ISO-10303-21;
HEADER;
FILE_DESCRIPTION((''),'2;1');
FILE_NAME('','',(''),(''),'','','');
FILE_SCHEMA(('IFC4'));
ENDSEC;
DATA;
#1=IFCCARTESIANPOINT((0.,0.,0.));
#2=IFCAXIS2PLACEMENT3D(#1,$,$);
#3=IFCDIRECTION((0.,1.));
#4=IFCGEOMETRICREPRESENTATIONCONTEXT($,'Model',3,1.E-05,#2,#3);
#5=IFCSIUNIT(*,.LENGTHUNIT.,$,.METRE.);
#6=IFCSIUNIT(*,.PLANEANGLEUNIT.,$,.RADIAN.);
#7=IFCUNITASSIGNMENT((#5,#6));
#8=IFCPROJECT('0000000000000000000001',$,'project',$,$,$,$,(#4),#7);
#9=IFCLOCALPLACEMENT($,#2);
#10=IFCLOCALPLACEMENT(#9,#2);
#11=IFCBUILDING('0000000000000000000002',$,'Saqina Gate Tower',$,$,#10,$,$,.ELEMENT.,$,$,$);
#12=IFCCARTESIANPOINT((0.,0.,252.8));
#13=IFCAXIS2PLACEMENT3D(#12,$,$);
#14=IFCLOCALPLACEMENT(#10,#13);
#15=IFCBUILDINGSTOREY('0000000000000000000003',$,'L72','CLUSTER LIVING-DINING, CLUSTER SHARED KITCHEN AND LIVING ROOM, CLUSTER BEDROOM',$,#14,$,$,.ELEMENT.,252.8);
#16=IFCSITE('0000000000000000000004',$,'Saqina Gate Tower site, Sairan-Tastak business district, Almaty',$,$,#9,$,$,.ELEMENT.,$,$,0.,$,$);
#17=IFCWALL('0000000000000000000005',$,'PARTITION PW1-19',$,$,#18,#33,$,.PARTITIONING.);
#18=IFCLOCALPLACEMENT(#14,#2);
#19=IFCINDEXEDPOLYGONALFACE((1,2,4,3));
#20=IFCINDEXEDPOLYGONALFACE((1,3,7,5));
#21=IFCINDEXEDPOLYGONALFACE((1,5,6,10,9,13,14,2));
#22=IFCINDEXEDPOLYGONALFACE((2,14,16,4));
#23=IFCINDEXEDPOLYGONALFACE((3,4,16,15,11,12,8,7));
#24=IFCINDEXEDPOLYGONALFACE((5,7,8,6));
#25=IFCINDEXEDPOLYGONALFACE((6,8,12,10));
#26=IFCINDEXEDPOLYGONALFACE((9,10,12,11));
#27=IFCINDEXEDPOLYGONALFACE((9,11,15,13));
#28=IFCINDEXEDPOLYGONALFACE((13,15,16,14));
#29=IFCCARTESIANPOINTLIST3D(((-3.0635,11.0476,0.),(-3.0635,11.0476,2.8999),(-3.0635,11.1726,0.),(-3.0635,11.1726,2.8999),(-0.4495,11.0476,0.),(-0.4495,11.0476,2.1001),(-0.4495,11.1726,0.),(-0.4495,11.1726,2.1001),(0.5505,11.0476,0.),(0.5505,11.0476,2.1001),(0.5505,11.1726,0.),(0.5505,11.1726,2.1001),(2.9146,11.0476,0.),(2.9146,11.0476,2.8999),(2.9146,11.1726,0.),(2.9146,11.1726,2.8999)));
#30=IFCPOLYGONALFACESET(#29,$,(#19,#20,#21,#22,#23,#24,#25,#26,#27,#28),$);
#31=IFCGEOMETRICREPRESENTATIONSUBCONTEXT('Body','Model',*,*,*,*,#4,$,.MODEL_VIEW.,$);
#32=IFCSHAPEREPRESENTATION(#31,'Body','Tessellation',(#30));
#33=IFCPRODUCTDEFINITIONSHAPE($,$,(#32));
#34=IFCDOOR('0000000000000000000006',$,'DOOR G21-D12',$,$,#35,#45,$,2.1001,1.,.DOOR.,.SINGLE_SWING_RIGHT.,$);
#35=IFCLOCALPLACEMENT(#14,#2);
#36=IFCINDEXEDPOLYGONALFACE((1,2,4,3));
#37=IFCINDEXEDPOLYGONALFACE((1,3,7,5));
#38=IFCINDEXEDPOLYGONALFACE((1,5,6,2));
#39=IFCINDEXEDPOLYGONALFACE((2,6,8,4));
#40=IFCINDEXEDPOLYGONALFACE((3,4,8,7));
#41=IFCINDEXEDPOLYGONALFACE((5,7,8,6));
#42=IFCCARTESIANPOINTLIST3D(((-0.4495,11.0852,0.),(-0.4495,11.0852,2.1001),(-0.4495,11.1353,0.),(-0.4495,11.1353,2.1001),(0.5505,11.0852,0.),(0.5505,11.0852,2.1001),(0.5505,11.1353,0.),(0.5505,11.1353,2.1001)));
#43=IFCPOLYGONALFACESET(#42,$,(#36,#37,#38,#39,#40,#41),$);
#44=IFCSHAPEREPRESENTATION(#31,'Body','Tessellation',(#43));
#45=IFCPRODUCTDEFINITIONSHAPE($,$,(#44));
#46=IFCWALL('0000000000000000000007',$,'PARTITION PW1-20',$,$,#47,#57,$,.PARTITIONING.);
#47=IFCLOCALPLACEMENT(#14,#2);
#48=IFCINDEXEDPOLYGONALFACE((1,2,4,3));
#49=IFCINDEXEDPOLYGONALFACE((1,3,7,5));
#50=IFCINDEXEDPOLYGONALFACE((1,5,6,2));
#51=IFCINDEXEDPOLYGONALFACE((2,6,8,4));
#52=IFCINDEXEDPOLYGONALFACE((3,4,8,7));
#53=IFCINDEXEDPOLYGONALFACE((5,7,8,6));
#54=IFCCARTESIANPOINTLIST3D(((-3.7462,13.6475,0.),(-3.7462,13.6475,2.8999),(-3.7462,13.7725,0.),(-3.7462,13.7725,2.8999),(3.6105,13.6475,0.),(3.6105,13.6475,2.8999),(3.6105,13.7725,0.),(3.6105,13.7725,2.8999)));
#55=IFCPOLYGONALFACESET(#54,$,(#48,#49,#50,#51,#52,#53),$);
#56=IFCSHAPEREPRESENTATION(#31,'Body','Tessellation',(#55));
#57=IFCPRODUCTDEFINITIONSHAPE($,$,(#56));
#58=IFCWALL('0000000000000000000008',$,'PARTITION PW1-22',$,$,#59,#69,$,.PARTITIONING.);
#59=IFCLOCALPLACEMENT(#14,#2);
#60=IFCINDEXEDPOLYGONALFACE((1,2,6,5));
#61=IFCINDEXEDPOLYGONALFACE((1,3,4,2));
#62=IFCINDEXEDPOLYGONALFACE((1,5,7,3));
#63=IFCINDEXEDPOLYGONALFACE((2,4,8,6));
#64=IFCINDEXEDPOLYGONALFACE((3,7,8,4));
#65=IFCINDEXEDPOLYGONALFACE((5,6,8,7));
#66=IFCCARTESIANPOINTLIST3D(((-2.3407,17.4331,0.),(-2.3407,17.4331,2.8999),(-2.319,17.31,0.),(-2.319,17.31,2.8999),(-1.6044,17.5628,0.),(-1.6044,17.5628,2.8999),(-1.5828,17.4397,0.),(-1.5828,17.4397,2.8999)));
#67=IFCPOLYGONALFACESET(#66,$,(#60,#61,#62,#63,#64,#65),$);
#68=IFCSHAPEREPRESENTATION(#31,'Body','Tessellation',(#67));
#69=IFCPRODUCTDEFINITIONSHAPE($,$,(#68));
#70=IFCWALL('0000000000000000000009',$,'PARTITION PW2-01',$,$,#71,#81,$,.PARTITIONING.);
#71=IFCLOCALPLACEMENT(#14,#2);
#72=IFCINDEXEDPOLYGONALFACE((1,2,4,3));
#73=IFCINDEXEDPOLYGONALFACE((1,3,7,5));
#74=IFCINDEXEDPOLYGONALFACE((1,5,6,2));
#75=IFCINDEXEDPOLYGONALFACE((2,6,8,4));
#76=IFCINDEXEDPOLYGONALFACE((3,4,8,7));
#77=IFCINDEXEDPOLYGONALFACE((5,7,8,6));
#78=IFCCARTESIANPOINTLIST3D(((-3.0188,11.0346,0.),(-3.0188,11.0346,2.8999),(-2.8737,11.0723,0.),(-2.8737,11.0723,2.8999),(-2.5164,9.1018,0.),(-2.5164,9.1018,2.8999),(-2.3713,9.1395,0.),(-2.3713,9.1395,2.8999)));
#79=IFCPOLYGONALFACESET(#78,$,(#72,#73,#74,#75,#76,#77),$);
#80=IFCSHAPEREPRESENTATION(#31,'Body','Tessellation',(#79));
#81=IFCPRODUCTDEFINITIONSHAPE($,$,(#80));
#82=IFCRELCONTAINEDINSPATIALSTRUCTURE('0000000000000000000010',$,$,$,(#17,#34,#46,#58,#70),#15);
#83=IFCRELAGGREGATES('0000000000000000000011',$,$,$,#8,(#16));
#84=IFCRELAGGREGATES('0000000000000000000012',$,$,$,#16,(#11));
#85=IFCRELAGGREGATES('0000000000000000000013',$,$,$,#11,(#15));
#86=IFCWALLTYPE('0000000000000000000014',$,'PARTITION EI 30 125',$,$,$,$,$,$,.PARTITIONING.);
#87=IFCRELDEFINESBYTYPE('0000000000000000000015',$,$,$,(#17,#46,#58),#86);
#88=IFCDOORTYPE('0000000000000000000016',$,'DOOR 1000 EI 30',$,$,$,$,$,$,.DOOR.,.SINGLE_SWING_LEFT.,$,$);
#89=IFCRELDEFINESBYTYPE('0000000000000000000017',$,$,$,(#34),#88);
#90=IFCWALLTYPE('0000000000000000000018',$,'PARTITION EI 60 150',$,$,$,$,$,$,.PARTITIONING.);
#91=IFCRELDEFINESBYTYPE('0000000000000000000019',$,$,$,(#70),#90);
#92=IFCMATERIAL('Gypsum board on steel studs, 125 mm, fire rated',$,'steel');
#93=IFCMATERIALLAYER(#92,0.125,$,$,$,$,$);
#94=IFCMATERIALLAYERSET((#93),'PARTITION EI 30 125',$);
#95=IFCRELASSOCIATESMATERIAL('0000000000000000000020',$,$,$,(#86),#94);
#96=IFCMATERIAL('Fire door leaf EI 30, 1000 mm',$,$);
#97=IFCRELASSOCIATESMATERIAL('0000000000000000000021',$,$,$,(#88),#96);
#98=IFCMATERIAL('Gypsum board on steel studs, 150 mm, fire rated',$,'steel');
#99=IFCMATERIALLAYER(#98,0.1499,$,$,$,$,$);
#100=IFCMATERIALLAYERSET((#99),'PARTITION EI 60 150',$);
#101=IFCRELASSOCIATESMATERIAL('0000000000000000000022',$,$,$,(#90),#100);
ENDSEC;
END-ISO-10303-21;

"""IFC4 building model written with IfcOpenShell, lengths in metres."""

from ifc_helpers import new_model, si_unit, direction, frame, frame_2d, origin, place, context, subcontext, project, spatial, rectangle, extrude, material, layer, layer_set, type_object, element, fill, save


model = new_model("IFC4")

# Units and contexts
model_context = context("Model", 3, precision=1e-05, world=origin(), true_north=direction((0.0, 1.0)))
body_context = subcontext(model_context, "Body", "Model", "MODEL_VIEW")
ifc_project = project(units=[si_unit("LENGTHUNIT", "METRE"), si_unit("PLANEANGLEUNIT", "RADIAN")], contexts=[model_context])

# Site, building, storey
site_placement = place(None, origin())
site = spatial("IfcSite", under=ifc_project, at=site_placement, Name="Saqina Gate Tower site, Sairan-Tastak business district, Almaty", CompositionType="ELEMENT", RefElevation=0.0)
building_placement = place(site_placement, origin())
building = spatial("IfcBuilding", under=site, at=building_placement, Name="Saqina Gate Tower", CompositionType="ELEMENT")
storey_placement = place(building_placement, frame((0.0, 0.0, 252.8)))
storey = spatial("IfcBuildingStorey", under=building, at=storey_placement, Name="L72", Description="CLUSTER LIVING-DINING, CLUSTER SHARED KITCHEN AND LIVING ROOM, CLUSTER BEDROOM", CompositionType="ELEMENT", Elevation=252.8)

# Shared definitions
ifc_material_1 = material(Name="Gypsum board on steel studs, 125 mm, fire rated", Category="steel")
ifc_layer_1 = layer(ifc_material_1, 0.125)
ifc_layer_set_1 = layer_set([ifc_layer_1], Name="PARTITION EI 30 125")
wall_type_1 = type_object("IfcWallType", Name="PARTITION EI 30 125", PredefinedType="PARTITIONING", material=ifc_layer_set_1)

# Wall, opening, door
wall_1_placement = place(storey_placement, frame((-3.0635, 11.1101, 0.0), z_axis=(0.0, 0.0, 1.0), x_axis=(1.0, 0.0, 0.0)))
wall_1 = element("IfcWall", 1, at=wall_1_placement, inside=storey, type_object=wall_type_1, Name="PARTITION PW1-19", PredefinedType="PARTITIONING", context=body_context, shape_type="SweptSolid", body=[
    extrude(rectangle(XDim=5.978, YDim=0.125, at=frame_2d((2.989, 0.0))), origin(), (0.0, 0.0, 1.0), 2.8999),
])
opening_1_placement = place(wall_1_placement, frame((2.614, 0.0, 0.0)))
opening_1 = element("IfcOpeningElement", 2, at=opening_1_placement, cuts=wall_1, PredefinedType="OPENING", context=body_context, shape_type="SweptSolid", body=[
    extrude(rectangle(XDim=1.0, YDim=2.1001, at=frame_2d((0.5, 1.05))), frame((0.0, 0.0745, 0.0), z_axis=(0.0, -1.0, 0.0), x_axis=(1.0, 0.0, 0.0)), (0.0, 0.0, 1.0), 0.1489),
])
ifc_material_2 = material(Name="Fire door leaf EI 30, 1000 mm")
door_type_1 = type_object("IfcDoorType", Name="DOOR 1000 EI 30", OperationType="SINGLE_SWING_LEFT", PredefinedType="DOOR", material=ifc_material_2)
door_1_placement = place(opening_1_placement, frame((1.0, 0.0, 0.0), z_axis=(0.0, 0.0, 1.0), x_axis=(-1.0, 0.0, 0.0)))
door_1 = element("IfcDoor", 3, at=door_1_placement, inside=storey, type_object=door_type_1, Name="DOOR G21-D12", OperationType="SINGLE_SWING_RIGHT", OverallHeight=2.1001, OverallWidth=1.0, PredefinedType="DOOR", context=body_context, shape_type="SweptSolid", body=[
    extrude(rectangle(XDim=1.0, YDim=2.1001, at=frame_2d((0.5, 1.05))), frame((0.0, 0.0249, 0.0), z_axis=(0.0, -1.0, 0.0), x_axis=(1.0, 0.0, 0.0)), (0.0, 0.0, 1.0), 0.05),
])
fill(opening_1, door_1)

# Walls
wall_2_placement = place(storey_placement, frame((-3.7461, 13.71, 0.0), z_axis=(0.0, 0.0, 1.0), x_axis=(1.0, 0.0, 0.0)))
element("IfcWall", 4, at=wall_2_placement, inside=storey, type_object=wall_type_1, Name="PARTITION PW1-20", PredefinedType="PARTITIONING", context=body_context, shape_type="SweptSolid", body=[
    extrude(rectangle(XDim=7.3567, YDim=0.125, at=frame_2d((3.6782, 0.0))), origin(), (0.0, 0.0, 1.0), 2.8999),
])
wall_3_placement = place(storey_placement, frame((-2.3298, 17.3716, 0.0), z_axis=(0.0, 0.0, 1.0), x_axis=(0.984853, 0.173394, 0.0)))
element("IfcWall", 5, at=wall_3_placement, inside=storey, type_object=wall_type_1, Name="PARTITION PW1-22", PredefinedType="PARTITIONING", context=body_context, shape_type="SweptSolid", body=[
    extrude(rectangle(XDim=0.7476, YDim=0.125, at=frame_2d((0.3738, 0.0))), origin(), (0.0, 0.0, 1.0), 2.8999),
])
ifc_material_3 = material(Name="Gypsum board on steel studs, 150 mm, fire rated", Category="steel")
ifc_layer_2 = layer(ifc_material_3, 0.1499)
ifc_layer_set_2 = layer_set([ifc_layer_2], Name="PARTITION EI 60 150")
wall_type_2 = type_object("IfcWallType", Name="PARTITION EI 60 150", PredefinedType="PARTITIONING", material=ifc_layer_set_2)
wall_4_placement = place(storey_placement, frame((-2.9463, 11.0535, 0.0), z_axis=(0.0, 0.0, 1.0), x_axis=(0.251586, -0.967835, 0.0)))
element("IfcWall", 6, at=wall_4_placement, inside=storey, type_object=wall_type_2, Name="PARTITION PW2-01", PredefinedType="PARTITIONING", context=body_context, shape_type="SweptSolid", body=[
    extrude(rectangle(XDim=1.9971, YDim=0.1499, at=frame_2d((0.9985, 0.0))), origin(), (0.0, 0.0, 1.0), 2.8999),
])

save(model, "model.ifc")
